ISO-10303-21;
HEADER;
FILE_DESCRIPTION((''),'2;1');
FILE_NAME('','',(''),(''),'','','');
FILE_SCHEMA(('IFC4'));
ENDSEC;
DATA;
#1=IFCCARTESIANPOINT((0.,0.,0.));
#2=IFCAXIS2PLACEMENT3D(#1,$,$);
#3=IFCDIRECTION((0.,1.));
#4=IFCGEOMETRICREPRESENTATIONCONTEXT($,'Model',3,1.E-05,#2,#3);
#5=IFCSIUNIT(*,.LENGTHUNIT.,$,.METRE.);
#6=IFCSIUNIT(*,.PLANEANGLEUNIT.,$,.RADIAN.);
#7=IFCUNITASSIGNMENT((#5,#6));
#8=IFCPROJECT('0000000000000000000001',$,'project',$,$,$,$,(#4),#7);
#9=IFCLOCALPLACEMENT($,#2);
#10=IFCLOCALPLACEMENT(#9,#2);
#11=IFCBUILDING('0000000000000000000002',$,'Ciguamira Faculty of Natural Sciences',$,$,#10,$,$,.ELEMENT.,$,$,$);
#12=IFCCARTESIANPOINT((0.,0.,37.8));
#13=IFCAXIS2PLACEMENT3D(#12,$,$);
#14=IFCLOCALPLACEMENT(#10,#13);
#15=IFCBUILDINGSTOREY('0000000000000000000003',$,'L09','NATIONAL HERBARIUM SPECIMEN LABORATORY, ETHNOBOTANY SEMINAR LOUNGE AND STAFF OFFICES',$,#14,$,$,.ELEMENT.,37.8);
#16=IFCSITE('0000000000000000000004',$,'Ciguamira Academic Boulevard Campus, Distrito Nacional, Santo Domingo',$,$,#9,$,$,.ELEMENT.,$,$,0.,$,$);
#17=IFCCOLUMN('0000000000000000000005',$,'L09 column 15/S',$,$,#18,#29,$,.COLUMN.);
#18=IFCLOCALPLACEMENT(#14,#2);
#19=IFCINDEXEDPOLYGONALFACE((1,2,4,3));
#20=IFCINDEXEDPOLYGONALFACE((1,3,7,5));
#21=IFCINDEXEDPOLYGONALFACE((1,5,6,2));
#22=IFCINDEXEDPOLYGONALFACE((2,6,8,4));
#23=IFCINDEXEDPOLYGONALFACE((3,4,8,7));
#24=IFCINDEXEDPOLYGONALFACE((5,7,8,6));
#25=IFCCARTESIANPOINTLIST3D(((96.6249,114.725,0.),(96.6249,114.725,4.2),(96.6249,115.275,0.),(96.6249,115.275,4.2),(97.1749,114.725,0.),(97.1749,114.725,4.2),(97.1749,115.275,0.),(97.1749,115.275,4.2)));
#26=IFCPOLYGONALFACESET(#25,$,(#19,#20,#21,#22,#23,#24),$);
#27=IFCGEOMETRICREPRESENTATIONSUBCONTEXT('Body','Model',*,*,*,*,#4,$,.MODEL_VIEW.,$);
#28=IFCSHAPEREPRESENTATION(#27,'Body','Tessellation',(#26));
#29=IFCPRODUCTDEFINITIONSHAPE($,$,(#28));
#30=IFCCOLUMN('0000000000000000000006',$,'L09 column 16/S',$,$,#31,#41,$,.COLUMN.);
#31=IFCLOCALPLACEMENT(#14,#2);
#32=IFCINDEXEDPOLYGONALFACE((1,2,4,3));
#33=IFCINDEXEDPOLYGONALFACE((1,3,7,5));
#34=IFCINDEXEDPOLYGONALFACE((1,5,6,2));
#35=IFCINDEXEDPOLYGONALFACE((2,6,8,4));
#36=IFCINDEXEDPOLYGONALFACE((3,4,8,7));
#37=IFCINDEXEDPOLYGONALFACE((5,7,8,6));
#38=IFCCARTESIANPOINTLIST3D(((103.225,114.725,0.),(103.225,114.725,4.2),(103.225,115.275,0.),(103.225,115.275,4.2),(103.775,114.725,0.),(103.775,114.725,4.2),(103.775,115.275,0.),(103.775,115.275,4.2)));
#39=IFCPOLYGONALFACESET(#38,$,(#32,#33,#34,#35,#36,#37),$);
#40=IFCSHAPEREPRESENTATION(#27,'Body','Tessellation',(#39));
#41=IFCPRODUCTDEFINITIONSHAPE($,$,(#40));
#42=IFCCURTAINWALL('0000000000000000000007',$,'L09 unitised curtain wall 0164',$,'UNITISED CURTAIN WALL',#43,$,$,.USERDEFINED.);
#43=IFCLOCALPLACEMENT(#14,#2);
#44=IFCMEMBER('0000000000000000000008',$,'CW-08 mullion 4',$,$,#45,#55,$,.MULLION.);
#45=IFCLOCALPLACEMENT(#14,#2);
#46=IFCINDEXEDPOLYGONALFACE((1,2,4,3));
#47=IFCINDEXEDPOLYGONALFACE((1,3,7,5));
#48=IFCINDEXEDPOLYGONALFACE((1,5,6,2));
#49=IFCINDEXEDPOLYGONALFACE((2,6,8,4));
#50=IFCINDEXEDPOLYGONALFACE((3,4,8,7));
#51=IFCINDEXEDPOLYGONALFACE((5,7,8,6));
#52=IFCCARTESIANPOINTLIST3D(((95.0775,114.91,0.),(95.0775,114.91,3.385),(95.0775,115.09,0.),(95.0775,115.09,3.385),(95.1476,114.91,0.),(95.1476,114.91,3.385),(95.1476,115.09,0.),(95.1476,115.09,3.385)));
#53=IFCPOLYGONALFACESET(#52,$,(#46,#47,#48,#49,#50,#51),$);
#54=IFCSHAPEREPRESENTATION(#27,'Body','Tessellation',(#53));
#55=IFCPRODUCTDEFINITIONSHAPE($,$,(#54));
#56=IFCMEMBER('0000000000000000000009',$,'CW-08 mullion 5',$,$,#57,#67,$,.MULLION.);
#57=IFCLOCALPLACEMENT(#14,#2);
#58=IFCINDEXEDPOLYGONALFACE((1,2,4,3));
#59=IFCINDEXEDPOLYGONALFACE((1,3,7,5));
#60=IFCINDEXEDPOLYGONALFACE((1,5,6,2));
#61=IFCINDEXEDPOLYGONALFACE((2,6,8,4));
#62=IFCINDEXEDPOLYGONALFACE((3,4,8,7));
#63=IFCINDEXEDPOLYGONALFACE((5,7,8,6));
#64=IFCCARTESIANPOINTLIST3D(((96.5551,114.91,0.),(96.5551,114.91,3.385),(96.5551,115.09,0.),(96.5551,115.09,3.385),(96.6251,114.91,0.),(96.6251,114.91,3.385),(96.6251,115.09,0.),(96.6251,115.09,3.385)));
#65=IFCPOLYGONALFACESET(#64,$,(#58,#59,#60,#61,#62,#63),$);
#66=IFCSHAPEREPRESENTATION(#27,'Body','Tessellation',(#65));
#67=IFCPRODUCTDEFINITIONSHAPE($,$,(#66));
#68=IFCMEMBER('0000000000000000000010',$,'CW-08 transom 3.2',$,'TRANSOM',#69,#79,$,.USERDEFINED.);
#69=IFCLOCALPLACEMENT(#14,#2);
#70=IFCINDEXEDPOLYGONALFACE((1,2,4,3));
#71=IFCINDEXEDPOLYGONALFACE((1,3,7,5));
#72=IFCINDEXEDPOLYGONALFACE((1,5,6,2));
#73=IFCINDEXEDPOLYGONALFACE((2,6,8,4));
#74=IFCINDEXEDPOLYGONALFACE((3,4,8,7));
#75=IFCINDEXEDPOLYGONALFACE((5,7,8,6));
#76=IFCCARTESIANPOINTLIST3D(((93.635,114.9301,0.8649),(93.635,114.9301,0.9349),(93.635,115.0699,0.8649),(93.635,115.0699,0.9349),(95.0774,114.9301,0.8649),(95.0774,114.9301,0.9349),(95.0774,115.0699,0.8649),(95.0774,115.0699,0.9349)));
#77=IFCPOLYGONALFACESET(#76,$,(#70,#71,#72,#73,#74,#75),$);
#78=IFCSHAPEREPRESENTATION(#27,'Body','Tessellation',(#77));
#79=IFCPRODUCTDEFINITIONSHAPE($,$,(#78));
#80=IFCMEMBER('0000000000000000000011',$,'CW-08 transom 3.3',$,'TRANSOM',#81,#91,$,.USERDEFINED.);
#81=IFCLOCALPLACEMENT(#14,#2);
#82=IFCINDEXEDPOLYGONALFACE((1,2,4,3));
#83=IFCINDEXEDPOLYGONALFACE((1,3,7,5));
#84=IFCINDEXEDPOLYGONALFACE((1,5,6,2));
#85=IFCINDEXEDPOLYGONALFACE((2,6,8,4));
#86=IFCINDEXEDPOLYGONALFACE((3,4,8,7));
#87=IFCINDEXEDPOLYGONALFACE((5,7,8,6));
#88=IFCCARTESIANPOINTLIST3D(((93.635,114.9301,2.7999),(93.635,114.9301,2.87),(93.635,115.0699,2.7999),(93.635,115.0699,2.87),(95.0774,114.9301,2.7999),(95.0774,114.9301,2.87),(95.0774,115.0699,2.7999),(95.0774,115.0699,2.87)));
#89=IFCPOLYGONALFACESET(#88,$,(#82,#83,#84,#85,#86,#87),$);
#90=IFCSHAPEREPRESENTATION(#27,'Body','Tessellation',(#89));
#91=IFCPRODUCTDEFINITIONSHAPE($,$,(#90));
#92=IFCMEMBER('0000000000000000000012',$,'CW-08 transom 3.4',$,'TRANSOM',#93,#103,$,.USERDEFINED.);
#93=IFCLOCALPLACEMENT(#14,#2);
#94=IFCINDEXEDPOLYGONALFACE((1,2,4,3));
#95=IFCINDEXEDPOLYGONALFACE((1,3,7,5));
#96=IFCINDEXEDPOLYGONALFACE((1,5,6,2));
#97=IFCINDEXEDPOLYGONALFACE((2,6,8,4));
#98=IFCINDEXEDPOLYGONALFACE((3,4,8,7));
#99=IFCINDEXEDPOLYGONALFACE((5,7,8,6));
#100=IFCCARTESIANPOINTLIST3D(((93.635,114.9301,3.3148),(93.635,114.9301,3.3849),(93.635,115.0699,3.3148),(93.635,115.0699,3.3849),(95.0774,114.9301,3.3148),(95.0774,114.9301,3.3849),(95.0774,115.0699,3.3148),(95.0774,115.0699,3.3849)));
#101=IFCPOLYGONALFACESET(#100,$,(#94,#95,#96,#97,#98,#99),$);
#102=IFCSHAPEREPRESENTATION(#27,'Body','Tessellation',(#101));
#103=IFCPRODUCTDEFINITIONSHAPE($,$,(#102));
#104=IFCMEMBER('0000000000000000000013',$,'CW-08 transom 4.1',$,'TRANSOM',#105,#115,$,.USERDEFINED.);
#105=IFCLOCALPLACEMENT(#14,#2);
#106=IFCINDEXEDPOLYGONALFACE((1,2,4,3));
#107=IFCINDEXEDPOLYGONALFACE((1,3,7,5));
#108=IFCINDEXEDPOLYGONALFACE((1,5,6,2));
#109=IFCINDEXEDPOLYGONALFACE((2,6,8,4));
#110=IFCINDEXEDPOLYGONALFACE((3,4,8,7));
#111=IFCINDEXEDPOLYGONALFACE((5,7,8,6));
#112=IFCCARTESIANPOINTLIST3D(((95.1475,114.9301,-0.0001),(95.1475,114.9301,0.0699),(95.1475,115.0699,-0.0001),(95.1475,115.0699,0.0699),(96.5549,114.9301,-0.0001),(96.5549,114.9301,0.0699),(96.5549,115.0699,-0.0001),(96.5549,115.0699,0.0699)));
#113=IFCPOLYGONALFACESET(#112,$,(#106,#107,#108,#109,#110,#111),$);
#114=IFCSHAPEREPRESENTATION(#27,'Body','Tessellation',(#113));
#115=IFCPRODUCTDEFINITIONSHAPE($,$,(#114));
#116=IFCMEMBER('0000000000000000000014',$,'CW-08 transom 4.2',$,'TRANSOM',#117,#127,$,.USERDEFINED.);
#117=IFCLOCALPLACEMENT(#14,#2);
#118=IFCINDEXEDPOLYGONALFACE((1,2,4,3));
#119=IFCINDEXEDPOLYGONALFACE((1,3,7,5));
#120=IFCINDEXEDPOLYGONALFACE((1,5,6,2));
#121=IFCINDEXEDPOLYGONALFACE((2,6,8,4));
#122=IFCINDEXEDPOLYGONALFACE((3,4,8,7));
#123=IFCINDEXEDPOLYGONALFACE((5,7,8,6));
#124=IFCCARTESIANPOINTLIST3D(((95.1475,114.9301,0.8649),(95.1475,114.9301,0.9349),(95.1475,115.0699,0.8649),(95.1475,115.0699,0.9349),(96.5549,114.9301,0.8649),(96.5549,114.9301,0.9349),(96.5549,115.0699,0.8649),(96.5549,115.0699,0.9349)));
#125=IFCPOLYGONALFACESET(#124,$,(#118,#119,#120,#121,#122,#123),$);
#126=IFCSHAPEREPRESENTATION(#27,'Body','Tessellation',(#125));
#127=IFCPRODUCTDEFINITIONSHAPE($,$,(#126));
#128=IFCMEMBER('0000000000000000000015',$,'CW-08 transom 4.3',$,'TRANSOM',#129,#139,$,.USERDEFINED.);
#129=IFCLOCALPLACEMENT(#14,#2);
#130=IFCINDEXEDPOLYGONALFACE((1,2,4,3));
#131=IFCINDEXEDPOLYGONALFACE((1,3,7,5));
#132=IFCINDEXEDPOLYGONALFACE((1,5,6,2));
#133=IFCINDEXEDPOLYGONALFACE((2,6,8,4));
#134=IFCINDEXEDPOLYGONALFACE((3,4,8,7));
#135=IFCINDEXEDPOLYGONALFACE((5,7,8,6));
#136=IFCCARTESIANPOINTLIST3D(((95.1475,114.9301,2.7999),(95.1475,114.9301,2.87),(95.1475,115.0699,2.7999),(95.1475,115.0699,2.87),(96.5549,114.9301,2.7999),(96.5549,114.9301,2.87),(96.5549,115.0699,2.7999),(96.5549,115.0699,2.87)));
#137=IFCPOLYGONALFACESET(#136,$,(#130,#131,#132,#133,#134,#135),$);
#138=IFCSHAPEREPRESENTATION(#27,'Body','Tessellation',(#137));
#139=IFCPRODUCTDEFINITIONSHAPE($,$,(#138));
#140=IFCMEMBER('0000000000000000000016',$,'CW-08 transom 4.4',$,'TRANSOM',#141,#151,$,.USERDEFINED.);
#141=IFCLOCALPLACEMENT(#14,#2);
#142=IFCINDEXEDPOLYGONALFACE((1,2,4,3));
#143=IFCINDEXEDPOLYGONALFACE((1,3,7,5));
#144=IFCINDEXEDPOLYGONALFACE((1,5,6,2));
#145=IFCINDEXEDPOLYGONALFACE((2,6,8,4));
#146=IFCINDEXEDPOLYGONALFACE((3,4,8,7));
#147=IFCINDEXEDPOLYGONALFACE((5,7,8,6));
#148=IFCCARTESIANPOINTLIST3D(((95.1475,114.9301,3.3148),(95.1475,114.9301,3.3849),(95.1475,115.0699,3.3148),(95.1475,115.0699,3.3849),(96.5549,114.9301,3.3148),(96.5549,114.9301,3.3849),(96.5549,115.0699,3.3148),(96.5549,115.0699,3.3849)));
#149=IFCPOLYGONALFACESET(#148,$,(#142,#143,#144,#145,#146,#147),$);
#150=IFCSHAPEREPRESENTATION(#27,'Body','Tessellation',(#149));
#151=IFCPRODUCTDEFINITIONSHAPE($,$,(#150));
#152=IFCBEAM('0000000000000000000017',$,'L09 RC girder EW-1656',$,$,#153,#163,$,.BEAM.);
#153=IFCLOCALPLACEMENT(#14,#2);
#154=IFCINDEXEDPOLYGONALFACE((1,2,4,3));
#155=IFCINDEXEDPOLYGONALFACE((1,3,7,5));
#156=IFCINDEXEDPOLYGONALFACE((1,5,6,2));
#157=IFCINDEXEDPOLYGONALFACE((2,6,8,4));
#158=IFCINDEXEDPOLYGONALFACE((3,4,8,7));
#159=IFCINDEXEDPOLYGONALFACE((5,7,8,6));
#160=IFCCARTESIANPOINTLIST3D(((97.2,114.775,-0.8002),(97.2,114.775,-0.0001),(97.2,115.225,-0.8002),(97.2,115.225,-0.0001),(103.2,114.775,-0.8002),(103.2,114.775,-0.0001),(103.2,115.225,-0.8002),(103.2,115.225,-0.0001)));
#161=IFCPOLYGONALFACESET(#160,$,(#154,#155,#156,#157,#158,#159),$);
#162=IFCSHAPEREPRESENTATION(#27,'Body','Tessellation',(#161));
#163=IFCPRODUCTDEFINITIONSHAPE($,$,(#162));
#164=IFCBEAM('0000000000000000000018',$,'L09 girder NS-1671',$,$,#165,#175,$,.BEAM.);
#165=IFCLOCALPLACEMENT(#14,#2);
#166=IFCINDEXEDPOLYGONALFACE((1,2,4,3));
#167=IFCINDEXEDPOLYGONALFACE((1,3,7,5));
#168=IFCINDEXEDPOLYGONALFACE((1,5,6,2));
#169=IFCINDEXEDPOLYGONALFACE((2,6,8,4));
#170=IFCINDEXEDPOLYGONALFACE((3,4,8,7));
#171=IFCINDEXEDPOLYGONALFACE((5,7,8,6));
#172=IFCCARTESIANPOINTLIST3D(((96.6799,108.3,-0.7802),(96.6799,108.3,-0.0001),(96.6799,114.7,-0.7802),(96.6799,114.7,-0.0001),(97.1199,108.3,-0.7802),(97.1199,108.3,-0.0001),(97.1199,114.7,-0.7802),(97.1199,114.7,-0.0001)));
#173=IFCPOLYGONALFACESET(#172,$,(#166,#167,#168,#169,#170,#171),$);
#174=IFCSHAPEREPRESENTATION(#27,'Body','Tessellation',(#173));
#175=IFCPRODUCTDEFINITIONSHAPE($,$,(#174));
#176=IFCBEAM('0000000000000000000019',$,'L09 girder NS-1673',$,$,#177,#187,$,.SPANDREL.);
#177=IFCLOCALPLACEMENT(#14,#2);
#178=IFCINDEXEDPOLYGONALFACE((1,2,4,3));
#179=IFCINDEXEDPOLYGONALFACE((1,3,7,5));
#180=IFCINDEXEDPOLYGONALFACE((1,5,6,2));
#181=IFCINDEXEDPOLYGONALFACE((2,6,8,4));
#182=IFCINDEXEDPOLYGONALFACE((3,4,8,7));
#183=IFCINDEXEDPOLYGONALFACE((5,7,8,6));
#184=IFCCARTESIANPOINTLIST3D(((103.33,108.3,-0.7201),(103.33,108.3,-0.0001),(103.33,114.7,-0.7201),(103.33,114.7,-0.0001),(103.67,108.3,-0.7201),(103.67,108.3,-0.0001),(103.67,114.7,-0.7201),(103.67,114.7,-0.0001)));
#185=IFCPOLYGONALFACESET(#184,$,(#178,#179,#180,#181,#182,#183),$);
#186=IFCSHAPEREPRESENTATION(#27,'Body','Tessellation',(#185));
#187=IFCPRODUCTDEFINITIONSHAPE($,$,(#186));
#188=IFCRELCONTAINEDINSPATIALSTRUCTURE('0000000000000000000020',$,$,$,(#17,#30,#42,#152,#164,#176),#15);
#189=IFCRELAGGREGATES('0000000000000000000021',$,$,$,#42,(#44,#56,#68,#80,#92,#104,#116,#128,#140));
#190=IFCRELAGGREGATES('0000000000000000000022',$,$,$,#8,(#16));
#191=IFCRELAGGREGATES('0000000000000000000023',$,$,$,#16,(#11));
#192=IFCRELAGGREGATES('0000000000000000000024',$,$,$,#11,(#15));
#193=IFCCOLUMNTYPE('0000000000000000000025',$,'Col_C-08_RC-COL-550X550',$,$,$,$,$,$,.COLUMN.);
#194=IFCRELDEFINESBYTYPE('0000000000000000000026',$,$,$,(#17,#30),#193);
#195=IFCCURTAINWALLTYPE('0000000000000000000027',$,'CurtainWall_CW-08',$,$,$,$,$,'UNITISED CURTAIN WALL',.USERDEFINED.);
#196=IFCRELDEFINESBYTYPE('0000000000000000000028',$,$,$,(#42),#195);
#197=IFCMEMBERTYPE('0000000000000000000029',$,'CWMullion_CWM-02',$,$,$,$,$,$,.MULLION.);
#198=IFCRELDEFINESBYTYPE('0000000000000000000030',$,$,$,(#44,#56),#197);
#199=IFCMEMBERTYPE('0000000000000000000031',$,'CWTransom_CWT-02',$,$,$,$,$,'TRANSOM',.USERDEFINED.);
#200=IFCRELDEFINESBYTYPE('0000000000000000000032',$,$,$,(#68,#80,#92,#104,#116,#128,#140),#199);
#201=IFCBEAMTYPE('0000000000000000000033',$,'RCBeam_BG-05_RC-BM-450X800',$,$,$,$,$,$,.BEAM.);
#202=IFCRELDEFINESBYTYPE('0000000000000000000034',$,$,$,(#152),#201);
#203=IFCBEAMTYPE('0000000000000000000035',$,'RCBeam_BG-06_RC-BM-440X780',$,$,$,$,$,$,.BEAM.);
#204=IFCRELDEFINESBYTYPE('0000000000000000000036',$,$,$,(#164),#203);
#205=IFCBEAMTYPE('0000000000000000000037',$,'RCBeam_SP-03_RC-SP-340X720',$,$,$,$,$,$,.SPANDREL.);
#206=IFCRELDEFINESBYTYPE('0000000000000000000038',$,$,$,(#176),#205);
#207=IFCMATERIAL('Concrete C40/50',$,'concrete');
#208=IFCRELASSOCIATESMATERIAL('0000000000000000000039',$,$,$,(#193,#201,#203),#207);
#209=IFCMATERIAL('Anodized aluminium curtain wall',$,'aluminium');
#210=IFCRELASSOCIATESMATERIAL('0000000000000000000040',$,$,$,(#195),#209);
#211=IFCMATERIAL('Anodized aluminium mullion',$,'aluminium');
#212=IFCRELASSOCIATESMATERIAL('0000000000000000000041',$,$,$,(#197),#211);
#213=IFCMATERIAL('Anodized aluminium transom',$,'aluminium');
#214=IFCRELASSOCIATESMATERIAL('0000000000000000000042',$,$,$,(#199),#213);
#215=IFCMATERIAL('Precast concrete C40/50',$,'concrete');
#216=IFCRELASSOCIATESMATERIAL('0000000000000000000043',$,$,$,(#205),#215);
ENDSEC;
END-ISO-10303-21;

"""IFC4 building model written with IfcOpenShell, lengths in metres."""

from ifc_helpers import new_model, si_unit, direction, frame, origin, origin_2d, place, context, subcontext, project, spatial, rectangle, extrude, material, material_profile, profile_set, type_object, element, aggregate, save


model = new_model("IFC4")

# Units and contexts
model_context = context("Model", 3, precision=1e-05, world=origin(), true_north=direction((0.0, 1.0)))
body_context = subcontext(model_context, "Body", "Model", "MODEL_VIEW")
ifc_project = project(units=[si_unit("LENGTHUNIT", "METRE"), si_unit("PLANEANGLEUNIT", "RADIAN")], contexts=[model_context])

# Site, building, storey
site_placement = place(None, origin())
site = spatial("IfcSite", under=ifc_project, at=site_placement, Name="Ciguamira Academic Boulevard Campus, Distrito Nacional, Santo Domingo", CompositionType="ELEMENT", RefElevation=0.0)
building_placement = place(site_placement, origin())
building = spatial("IfcBuilding", under=site, at=building_placement, Name="Ciguamira Faculty of Natural Sciences", CompositionType="ELEMENT")
storey_placement = place(building_placement, frame((0.0, 0.0, 37.8)))
storey = spatial("IfcBuildingStorey", under=building, at=storey_placement, Name="L09", Description="NATIONAL HERBARIUM SPECIMEN LABORATORY, ETHNOBOTANY SEMINAR LOUNGE AND STAFF OFFICES", CompositionType="ELEMENT", Elevation=37.8)

# Columns
ifc_material_1 = material(Name="Concrete C40/50", Category="concrete")
ifc_material_profile_1 = material_profile(ifc_material_1, rectangle(XDim=0.55, YDim=0.55, at=origin_2d()), Name="RC-COL-550X550")
ifc_profile_set_1 = profile_set([ifc_material_profile_1], Name="Concrete C40/50")
column_type = type_object("IfcColumnType", Name="Col_C-08_RC-COL-550X550", PredefinedType="COLUMN", material=ifc_profile_set_1)
for number, where, z_axis, x_axis, name in (
    (1, (96.8999, 115.0, 0.0), (0.0, 0.0, 1.0), (1.0, 0.0, 0.0), "L09 column 15/S"),
    (2, (103.5, 115.0, 0.0), (0.0, 0.0, 1.0), (1.0, 0.0, 0.0), "L09 column 16/S"),
):
    element("IfcColumn", number, at=place(storey_placement, frame(where, z_axis=z_axis, x_axis=x_axis)), inside=storey, type_object=column_type, Name=name, PredefinedType="COLUMN", context=body_context, shape_type="SweptSolid", body=[
        extrude(rectangle(XDim=0.55, YDim=0.55, at=origin_2d()), origin(), (0.0, 0.0, 1.0), 4.2),
    ])

# Curtain wall, members
ifc_material_2 = material(Name="Anodized aluminium curtain wall", Category="aluminium")
curtain_wall_type = type_object("IfcCurtainWallType", Name="CurtainWall_CW-08", ElementType="UNITISED CURTAIN WALL", PredefinedType="USERDEFINED", material=ifc_material_2)
curtain_wall_placement = place(storey_placement, origin())
curtain_wall = element("IfcCurtainWall", 3, at=curtain_wall_placement, inside=storey, type_object=curtain_wall_type, Name="L09 unitised curtain wall 0164", ObjectType="UNITISED CURTAIN WALL", PredefinedType="USERDEFINED")
ifc_material_3 = material(Name="Anodized aluminium mullion", Category="aluminium")
ifc_material_profile_2 = material_profile(ifc_material_3, rectangle(XDim=0.0701, YDim=0.1799, at=origin_2d()), Name="ALU-MUL-70X180")
ifc_profile_set_2 = profile_set([ifc_material_profile_2], Name="Anodized aluminium mullion")
member_type_1 = type_object("IfcMemberType", Name="CWMullion_CWM-02", PredefinedType="MULLION", material=ifc_profile_set_2)
member_1_placement = place(storey_placement, frame((95.1125, 115.0, 0.0), z_axis=(0.0, 0.0, 1.0), x_axis=(1.0, 0.0, 0.0)))
member_1 = element("IfcMember", 4, at=member_1_placement, type_object=member_type_1, Name="CW-08 mullion 4", PredefinedType="MULLION", context=body_context, shape_type="SweptSolid", body=[
    extrude(rectangle(XDim=0.0701, YDim=0.1799, at=origin_2d()), origin(), (0.0, 0.0, 1.0), 3.385),
])
member_2_placement = place(storey_placement, frame((96.5901, 115.0, 0.0), z_axis=(0.0, 0.0, 1.0), x_axis=(1.0, 0.0, 0.0)))
member_2 = element("IfcMember", 5, at=member_2_placement, type_object=member_type_1, Name="CW-08 mullion 5", PredefinedType="MULLION", context=body_context, shape_type="SweptSolid", body=[
    extrude(rectangle(XDim=0.0701, YDim=0.1799, at=origin_2d()), origin(), (0.0, 0.0, 1.0), 3.385),
])
ifc_material_4 = material(Name="Anodized aluminium transom", Category="aluminium")
ifc_material_profile_3 = material_profile(ifc_material_4, rectangle(XDim=0.0701, YDim=0.1399, at=origin_2d()), Name="ALU-TRN-70X140")
ifc_profile_set_3 = profile_set([ifc_material_profile_3], Name="Anodized aluminium transom")
member_type_2 = type_object("IfcMemberType", Name="CWTransom_CWT-02", ElementType="TRANSOM", PredefinedType="USERDEFINED", material=ifc_profile_set_3)
member_3_placement = place(storey_placement, frame((93.635, 115.0, 0.8999), z_axis=(1.0, 0.0, 0.0), x_axis=(0.0, 0.0, 1.0)))
member_3 = element("IfcMember", 6, at=member_3_placement, type_object=member_type_2, Name="CW-08 transom 3.2", ObjectType="TRANSOM", PredefinedType="USERDEFINED", context=body_context, shape_type="SweptSolid", body=[
    extrude(rectangle(XDim=0.0701, YDim=0.1399, at=origin_2d()), origin(), (0.0, 0.0, 1.0), 1.4424),
])
member_4_placement = place(storey_placement, frame((93.635, 115.0, 2.835), z_axis=(1.0, 0.0, 0.0), x_axis=(0.0, 0.0, 1.0)))
member_4 = element("IfcMember", 7, at=member_4_placement, type_object=member_type_2, Name="CW-08 transom 3.3", ObjectType="TRANSOM", PredefinedType="USERDEFINED", context=body_context, shape_type="SweptSolid", body=[
    extrude(rectangle(XDim=0.0701, YDim=0.1399, at=origin_2d()), origin(), (0.0, 0.0, 1.0), 1.4424),
])
member_5_placement = place(storey_placement, frame((93.635, 115.0, 3.3499), z_axis=(1.0, 0.0, 0.0), x_axis=(0.0, 0.0, 1.0)))
member_5 = element("IfcMember", 8, at=member_5_placement, type_object=member_type_2, Name="CW-08 transom 3.4", ObjectType="TRANSOM", PredefinedType="USERDEFINED", context=body_context, shape_type="SweptSolid", body=[
    extrude(rectangle(XDim=0.0701, YDim=0.1399, at=origin_2d()), origin(), (0.0, 0.0, 1.0), 1.4424),
])
member_6_placement = place(storey_placement, frame((95.1475, 115.0, 0.0349), z_axis=(1.0, 0.0, 0.0), x_axis=(0.0, 0.0, 1.0)))
member_6 = element("IfcMember", 9, at=member_6_placement, type_object=member_type_2, Name="CW-08 transom 4.1", ObjectType="TRANSOM", PredefinedType="USERDEFINED", context=body_context, shape_type="SweptSolid", body=[
    extrude(rectangle(XDim=0.0701, YDim=0.1399, at=origin_2d()), origin(), (0.0, 0.0, 1.0), 1.4075),
])
member_7_placement = place(storey_placement, frame((95.1475, 115.0, 0.8999), z_axis=(1.0, 0.0, 0.0), x_axis=(0.0, 0.0, 1.0)))
member_7 = element("IfcMember", 10, at=member_7_placement, type_object=member_type_2, Name="CW-08 transom 4.2", ObjectType="TRANSOM", PredefinedType="USERDEFINED", context=body_context, shape_type="SweptSolid", body=[
    extrude(rectangle(XDim=0.0701, YDim=0.1399, at=origin_2d()), origin(), (0.0, 0.0, 1.0), 1.4075),
])
member_8_placement = place(storey_placement, frame((95.1475, 115.0, 2.835), z_axis=(1.0, 0.0, 0.0), x_axis=(0.0, 0.0, 1.0)))
member_8 = element("IfcMember", 11, at=member_8_placement, type_object=member_type_2, Name="CW-08 transom 4.3", ObjectType="TRANSOM", PredefinedType="USERDEFINED", context=body_context, shape_type="SweptSolid", body=[
    extrude(rectangle(XDim=0.0701, YDim=0.1399, at=origin_2d()), origin(), (0.0, 0.0, 1.0), 1.4075),
])
member_9_placement = place(storey_placement, frame((95.1475, 115.0, 3.3499), z_axis=(1.0, 0.0, 0.0), x_axis=(0.0, 0.0, 1.0)))
member_9 = element("IfcMember", 12, at=member_9_placement, type_object=member_type_2, Name="CW-08 transom 4.4", ObjectType="TRANSOM", PredefinedType="USERDEFINED", context=body_context, shape_type="SweptSolid", body=[
    extrude(rectangle(XDim=0.0701, YDim=0.1399, at=origin_2d()), origin(), (0.0, 0.0, 1.0), 1.4075),
])

# Beams
ifc_material_profile_4 = material_profile(ifc_material_1, rectangle(XDim=0.45, YDim=0.8, at=origin_2d()), Name="RC-BM-450X800")
ifc_profile_set_4 = profile_set([ifc_material_profile_4], Name="Concrete C40/50")
beam_type_1 = type_object("IfcBeamType", Name="RCBeam_BG-05_RC-BM-450X800", PredefinedType="BEAM", material=ifc_profile_set_4)
beam_1_placement = place(storey_placement, frame((97.2, 115.0, -0.4001), z_axis=(1.0, 0.0, 0.0), x_axis=(0.0, 1.0, 0.0)))
element("IfcBeam", 13, at=beam_1_placement, inside=storey, type_object=beam_type_1, Name="L09 RC girder EW-1656", PredefinedType="BEAM", context=body_context, shape_type="SweptSolid", body=[
    extrude(rectangle(XDim=0.45, YDim=0.8, at=origin_2d()), origin(), (0.0, 0.0, 1.0), 6.0),
])
ifc_material_profile_5 = material_profile(ifc_material_1, rectangle(XDim=0.4399, YDim=0.78, at=origin_2d()), Name="RC-BM-440X780")
ifc_profile_set_5 = profile_set([ifc_material_profile_5], Name="Concrete C40/50")
beam_type_2 = type_object("IfcBeamType", Name="RCBeam_BG-06_RC-BM-440X780", PredefinedType="BEAM", material=ifc_profile_set_5)
beam_2_placement = place(storey_placement, frame((96.8999, 108.3, -0.3901), z_axis=(0.0, 1.0, 0.0), x_axis=(-1.0, 0.0, 0.0)))
element("IfcBeam", 14, at=beam_2_placement, inside=storey, type_object=beam_type_2, Name="L09 girder NS-1671", PredefinedType="BEAM", context=body_context, shape_type="SweptSolid", body=[
    extrude(rectangle(XDim=0.4399, YDim=0.78, at=origin_2d()), origin(), (0.0, 0.0, 1.0), 6.3999),
])
ifc_material_5 = material(Name="Precast concrete C40/50", Category="concrete")
ifc_material_profile_6 = material_profile(ifc_material_5, rectangle(XDim=0.3401, YDim=0.72, at=origin_2d()), Name="RC-SP-340X720")
ifc_profile_set_6 = profile_set([ifc_material_profile_6], Name="Precast concrete C40/50")
beam_type_3 = type_object("IfcBeamType", Name="RCBeam_SP-03_RC-SP-340X720", PredefinedType="SPANDREL", material=ifc_profile_set_6)
beam_3_placement = place(storey_placement, frame((103.5, 108.3, -0.3601), z_axis=(0.0, 1.0, 0.0), x_axis=(-1.0, 0.0, 0.0)))
element("IfcBeam", 15, at=beam_3_placement, inside=storey, type_object=beam_type_3, Name="L09 girder NS-1673", PredefinedType="SPANDREL", context=body_context, shape_type="SweptSolid", body=[
    extrude(rectangle(XDim=0.3401, YDim=0.72, at=origin_2d()), origin(), (0.0, 0.0, 1.0), 6.3999),
])

aggregate(curtain_wall, [member_1, member_2, member_3, member_4, member_5, member_6, member_7, member_8, member_9])

save(model, "model.ifc")
